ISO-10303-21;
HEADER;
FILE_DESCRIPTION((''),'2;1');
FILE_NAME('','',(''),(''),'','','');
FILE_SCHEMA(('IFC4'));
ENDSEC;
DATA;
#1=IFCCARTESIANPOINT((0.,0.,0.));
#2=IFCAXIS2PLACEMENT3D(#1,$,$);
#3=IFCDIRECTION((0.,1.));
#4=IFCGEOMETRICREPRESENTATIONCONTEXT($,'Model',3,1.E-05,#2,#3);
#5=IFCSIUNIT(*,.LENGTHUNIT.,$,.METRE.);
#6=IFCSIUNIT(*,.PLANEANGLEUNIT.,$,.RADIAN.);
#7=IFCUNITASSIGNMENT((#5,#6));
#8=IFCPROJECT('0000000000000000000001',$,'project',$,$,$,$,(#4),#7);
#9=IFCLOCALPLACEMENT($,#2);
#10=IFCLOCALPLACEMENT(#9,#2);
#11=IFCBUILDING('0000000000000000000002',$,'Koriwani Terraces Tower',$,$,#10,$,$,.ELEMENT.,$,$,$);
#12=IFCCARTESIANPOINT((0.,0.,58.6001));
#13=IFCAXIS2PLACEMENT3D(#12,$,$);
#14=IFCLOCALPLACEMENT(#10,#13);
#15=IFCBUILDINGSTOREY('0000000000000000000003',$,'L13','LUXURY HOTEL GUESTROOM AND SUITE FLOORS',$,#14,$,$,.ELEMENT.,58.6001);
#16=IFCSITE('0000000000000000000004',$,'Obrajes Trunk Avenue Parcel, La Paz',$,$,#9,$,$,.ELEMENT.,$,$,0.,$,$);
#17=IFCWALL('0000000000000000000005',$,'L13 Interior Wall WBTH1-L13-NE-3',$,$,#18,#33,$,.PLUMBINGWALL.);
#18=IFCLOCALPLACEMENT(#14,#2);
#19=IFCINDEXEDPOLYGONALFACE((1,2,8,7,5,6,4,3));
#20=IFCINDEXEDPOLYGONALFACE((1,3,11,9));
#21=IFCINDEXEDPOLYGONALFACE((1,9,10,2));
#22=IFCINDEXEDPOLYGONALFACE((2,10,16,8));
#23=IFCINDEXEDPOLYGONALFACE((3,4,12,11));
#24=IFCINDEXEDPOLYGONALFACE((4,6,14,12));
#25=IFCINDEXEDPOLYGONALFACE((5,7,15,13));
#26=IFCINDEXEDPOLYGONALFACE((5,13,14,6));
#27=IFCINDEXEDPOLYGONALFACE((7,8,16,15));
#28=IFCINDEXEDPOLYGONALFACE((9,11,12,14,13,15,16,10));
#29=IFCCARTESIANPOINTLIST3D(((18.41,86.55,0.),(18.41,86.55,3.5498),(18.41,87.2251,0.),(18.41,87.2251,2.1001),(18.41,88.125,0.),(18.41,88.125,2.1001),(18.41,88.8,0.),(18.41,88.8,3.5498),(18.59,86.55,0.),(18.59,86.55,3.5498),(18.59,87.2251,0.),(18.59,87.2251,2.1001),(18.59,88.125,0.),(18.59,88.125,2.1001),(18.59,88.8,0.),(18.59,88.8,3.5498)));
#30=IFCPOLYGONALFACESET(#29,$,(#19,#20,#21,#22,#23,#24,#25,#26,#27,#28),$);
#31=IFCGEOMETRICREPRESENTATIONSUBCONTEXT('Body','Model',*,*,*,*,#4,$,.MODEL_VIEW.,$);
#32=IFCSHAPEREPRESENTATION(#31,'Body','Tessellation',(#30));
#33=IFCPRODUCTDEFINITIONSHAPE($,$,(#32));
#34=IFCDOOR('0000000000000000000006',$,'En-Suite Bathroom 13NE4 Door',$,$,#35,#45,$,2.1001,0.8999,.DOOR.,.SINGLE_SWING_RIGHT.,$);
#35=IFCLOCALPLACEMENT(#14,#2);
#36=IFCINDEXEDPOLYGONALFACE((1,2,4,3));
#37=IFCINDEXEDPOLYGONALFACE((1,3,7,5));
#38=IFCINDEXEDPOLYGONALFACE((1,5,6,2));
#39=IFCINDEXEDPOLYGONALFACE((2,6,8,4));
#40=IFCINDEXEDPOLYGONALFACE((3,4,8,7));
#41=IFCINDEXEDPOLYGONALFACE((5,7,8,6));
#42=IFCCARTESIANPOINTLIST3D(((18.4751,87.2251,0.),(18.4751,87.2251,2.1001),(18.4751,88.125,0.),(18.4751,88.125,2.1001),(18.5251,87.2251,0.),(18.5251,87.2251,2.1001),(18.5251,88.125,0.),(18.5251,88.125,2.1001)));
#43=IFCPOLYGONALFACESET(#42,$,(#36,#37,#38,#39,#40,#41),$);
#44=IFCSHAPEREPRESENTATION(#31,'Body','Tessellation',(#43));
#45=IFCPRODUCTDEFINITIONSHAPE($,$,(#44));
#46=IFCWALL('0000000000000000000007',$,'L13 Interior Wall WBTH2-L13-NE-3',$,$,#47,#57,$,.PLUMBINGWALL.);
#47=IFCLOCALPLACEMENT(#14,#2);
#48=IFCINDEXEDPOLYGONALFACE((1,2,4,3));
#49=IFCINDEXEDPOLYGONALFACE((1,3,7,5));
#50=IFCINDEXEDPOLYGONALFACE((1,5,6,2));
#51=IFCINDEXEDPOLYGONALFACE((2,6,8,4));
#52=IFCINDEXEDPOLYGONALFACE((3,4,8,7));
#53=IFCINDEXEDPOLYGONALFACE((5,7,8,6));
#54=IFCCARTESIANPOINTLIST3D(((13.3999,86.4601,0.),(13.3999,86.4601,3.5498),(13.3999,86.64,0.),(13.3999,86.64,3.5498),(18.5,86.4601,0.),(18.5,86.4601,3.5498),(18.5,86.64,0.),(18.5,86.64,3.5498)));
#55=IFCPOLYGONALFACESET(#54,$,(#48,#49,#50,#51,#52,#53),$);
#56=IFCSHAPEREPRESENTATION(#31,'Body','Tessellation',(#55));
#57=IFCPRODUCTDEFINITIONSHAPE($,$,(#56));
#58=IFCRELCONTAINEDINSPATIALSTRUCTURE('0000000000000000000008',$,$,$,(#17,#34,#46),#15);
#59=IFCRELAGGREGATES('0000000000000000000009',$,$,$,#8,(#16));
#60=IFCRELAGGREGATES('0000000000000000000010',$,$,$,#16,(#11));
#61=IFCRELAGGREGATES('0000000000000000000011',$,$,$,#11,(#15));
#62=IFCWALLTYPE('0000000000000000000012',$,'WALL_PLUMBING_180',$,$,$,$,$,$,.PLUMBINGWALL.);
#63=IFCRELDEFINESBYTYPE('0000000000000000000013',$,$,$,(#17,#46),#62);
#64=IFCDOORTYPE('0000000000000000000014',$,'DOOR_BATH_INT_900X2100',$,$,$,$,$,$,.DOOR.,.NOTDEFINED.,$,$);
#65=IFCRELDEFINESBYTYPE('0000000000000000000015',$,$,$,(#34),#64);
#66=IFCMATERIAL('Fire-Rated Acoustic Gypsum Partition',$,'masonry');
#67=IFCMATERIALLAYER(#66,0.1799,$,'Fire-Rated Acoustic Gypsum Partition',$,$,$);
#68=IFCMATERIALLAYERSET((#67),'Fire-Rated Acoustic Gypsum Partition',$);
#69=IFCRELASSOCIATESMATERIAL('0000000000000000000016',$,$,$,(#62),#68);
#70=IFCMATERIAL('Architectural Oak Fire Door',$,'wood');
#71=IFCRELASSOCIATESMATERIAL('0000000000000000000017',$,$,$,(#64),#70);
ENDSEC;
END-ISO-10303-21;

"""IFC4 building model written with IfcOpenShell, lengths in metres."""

from ifc_helpers import new_model, si_unit, direction, frame, frame_2d, origin, place, context, subcontext, project, spatial, rectangle, extrude, material, layer, layer_set, type_object, element, fill, save


model = new_model("IFC4")

# Units and contexts
model_context = context("Model", 3, precision=1e-05, world=origin(), true_north=direction((0.0, 1.0)))
body_context = subcontext(model_context, "Body", "Model", "MODEL_VIEW")
ifc_project = project(units=[si_unit("LENGTHUNIT", "METRE"), si_unit("PLANEANGLEUNIT", "RADIAN")], contexts=[model_context])

# Site, building, storey
site_placement = place(None, origin())
site = spatial("IfcSite", under=ifc_project, at=site_placement, Name="Obrajes Trunk Avenue Parcel, La Paz", CompositionType="ELEMENT", RefElevation=0.0)
building_placement = place(site_placement, origin())
building = spatial("IfcBuilding", under=site, at=building_placement, Name="Koriwani Terraces Tower", CompositionType="ELEMENT")
storey_placement = place(building_placement, frame((0.0, 0.0, 58.6001)))
storey = spatial("IfcBuildingStorey", under=building, at=storey_placement, Name="L13", Description="LUXURY HOTEL GUESTROOM AND SUITE FLOORS", CompositionType="ELEMENT", Elevation=58.6001)

# Shared definitions
ifc_material_1 = material(Name="Fire-Rated Acoustic Gypsum Partition", Category="masonry")
ifc_layer_1 = layer(ifc_material_1, 0.1799, Name="Fire-Rated Acoustic Gypsum Partition")
ifc_layer_set_1 = layer_set([ifc_layer_1], Name="Fire-Rated Acoustic Gypsum Partition")
wall_type_1 = type_object("IfcWallType", Name="WALL_PLUMBING_180", PredefinedType="PLUMBINGWALL", material=ifc_layer_set_1)
ifc_material_2 = material(Name="Architectural Oak Fire Door", Category="wood")
door_type = type_object("IfcDoorType", Name="DOOR_BATH_INT_900X2100", OperationType="NOTDEFINED", PredefinedType="DOOR", material=ifc_material_2)

# Wall, opening, door
wall_1_placement = place(storey_placement, frame((18.5, 86.55, 0.0), z_axis=(0.0, 0.0, 1.0), x_axis=(0.0, 1.0, 0.0)))
wall_1 = element("IfcWall", 1, at=wall_1_placement, inside=storey, type_object=wall_type_1, Name="L13 Interior Wall WBTH1-L13-NE-3", PredefinedType="PLUMBINGWALL", context=body_context, shape_type="SweptSolid", body=[
    extrude(rectangle(XDim=2.25, YDim=0.1799, at=frame_2d((1.125, 0.0))), origin(), (0.0, 0.0, 1.0), 3.5498),
])
opening_1_placement = place(wall_1_placement, frame((0.675, 0.0, 0.0)))
opening_1 = element("IfcOpeningElement", 2, at=opening_1_placement, cuts=wall_1, PredefinedType="OPENING", context=body_context, shape_type="SweptSolid", body=[
    extrude(rectangle(XDim=0.8999, YDim=2.1001, at=frame_2d((0.45, 1.05))), frame((0.0, 0.1001, 0.0), z_axis=(0.0, -1.0, 0.0), x_axis=(1.0, 0.0, 0.0)), (0.0, 0.0, 1.0), 0.2),
])
door_1_placement = place(opening_1_placement, origin())
door_1 = element("IfcDoor", 3, at=door_1_placement, inside=storey, type_object=door_type, Name="En-Suite Bathroom 13NE4 Door", OperationType="SINGLE_SWING_RIGHT", OverallHeight=2.1001, OverallWidth=0.8999, PredefinedType="DOOR", context=body_context, shape_type="SweptSolid", body=[
    extrude(rectangle(XDim=0.8999, YDim=2.1001, at=frame_2d((0.45, 1.05))), frame((0.0, 0.0249, 0.0), z_axis=(0.0, -1.0, 0.0), x_axis=(1.0, 0.0, 0.0)), (0.0, 0.0, 1.0), 0.05),
])
fill(opening_1, door_1)

# Wall
wall_2_placement = place(storey_placement, frame((13.3999, 86.55, 0.0), z_axis=(0.0, 0.0, 1.0), x_axis=(1.0, 0.0, 0.0)))
element("IfcWall", 4, at=wall_2_placement, inside=storey, type_object=wall_type_1, Name="L13 Interior Wall WBTH2-L13-NE-3", PredefinedType="PLUMBINGWALL", context=body_context, shape_type="SweptSolid", body=[
    extrude(rectangle(XDim=5.1001, YDim=0.1799, at=frame_2d((2.55, 0.0))), origin(), (0.0, 0.0, 1.0), 3.5498),
])

save(model, "model.ifc")
